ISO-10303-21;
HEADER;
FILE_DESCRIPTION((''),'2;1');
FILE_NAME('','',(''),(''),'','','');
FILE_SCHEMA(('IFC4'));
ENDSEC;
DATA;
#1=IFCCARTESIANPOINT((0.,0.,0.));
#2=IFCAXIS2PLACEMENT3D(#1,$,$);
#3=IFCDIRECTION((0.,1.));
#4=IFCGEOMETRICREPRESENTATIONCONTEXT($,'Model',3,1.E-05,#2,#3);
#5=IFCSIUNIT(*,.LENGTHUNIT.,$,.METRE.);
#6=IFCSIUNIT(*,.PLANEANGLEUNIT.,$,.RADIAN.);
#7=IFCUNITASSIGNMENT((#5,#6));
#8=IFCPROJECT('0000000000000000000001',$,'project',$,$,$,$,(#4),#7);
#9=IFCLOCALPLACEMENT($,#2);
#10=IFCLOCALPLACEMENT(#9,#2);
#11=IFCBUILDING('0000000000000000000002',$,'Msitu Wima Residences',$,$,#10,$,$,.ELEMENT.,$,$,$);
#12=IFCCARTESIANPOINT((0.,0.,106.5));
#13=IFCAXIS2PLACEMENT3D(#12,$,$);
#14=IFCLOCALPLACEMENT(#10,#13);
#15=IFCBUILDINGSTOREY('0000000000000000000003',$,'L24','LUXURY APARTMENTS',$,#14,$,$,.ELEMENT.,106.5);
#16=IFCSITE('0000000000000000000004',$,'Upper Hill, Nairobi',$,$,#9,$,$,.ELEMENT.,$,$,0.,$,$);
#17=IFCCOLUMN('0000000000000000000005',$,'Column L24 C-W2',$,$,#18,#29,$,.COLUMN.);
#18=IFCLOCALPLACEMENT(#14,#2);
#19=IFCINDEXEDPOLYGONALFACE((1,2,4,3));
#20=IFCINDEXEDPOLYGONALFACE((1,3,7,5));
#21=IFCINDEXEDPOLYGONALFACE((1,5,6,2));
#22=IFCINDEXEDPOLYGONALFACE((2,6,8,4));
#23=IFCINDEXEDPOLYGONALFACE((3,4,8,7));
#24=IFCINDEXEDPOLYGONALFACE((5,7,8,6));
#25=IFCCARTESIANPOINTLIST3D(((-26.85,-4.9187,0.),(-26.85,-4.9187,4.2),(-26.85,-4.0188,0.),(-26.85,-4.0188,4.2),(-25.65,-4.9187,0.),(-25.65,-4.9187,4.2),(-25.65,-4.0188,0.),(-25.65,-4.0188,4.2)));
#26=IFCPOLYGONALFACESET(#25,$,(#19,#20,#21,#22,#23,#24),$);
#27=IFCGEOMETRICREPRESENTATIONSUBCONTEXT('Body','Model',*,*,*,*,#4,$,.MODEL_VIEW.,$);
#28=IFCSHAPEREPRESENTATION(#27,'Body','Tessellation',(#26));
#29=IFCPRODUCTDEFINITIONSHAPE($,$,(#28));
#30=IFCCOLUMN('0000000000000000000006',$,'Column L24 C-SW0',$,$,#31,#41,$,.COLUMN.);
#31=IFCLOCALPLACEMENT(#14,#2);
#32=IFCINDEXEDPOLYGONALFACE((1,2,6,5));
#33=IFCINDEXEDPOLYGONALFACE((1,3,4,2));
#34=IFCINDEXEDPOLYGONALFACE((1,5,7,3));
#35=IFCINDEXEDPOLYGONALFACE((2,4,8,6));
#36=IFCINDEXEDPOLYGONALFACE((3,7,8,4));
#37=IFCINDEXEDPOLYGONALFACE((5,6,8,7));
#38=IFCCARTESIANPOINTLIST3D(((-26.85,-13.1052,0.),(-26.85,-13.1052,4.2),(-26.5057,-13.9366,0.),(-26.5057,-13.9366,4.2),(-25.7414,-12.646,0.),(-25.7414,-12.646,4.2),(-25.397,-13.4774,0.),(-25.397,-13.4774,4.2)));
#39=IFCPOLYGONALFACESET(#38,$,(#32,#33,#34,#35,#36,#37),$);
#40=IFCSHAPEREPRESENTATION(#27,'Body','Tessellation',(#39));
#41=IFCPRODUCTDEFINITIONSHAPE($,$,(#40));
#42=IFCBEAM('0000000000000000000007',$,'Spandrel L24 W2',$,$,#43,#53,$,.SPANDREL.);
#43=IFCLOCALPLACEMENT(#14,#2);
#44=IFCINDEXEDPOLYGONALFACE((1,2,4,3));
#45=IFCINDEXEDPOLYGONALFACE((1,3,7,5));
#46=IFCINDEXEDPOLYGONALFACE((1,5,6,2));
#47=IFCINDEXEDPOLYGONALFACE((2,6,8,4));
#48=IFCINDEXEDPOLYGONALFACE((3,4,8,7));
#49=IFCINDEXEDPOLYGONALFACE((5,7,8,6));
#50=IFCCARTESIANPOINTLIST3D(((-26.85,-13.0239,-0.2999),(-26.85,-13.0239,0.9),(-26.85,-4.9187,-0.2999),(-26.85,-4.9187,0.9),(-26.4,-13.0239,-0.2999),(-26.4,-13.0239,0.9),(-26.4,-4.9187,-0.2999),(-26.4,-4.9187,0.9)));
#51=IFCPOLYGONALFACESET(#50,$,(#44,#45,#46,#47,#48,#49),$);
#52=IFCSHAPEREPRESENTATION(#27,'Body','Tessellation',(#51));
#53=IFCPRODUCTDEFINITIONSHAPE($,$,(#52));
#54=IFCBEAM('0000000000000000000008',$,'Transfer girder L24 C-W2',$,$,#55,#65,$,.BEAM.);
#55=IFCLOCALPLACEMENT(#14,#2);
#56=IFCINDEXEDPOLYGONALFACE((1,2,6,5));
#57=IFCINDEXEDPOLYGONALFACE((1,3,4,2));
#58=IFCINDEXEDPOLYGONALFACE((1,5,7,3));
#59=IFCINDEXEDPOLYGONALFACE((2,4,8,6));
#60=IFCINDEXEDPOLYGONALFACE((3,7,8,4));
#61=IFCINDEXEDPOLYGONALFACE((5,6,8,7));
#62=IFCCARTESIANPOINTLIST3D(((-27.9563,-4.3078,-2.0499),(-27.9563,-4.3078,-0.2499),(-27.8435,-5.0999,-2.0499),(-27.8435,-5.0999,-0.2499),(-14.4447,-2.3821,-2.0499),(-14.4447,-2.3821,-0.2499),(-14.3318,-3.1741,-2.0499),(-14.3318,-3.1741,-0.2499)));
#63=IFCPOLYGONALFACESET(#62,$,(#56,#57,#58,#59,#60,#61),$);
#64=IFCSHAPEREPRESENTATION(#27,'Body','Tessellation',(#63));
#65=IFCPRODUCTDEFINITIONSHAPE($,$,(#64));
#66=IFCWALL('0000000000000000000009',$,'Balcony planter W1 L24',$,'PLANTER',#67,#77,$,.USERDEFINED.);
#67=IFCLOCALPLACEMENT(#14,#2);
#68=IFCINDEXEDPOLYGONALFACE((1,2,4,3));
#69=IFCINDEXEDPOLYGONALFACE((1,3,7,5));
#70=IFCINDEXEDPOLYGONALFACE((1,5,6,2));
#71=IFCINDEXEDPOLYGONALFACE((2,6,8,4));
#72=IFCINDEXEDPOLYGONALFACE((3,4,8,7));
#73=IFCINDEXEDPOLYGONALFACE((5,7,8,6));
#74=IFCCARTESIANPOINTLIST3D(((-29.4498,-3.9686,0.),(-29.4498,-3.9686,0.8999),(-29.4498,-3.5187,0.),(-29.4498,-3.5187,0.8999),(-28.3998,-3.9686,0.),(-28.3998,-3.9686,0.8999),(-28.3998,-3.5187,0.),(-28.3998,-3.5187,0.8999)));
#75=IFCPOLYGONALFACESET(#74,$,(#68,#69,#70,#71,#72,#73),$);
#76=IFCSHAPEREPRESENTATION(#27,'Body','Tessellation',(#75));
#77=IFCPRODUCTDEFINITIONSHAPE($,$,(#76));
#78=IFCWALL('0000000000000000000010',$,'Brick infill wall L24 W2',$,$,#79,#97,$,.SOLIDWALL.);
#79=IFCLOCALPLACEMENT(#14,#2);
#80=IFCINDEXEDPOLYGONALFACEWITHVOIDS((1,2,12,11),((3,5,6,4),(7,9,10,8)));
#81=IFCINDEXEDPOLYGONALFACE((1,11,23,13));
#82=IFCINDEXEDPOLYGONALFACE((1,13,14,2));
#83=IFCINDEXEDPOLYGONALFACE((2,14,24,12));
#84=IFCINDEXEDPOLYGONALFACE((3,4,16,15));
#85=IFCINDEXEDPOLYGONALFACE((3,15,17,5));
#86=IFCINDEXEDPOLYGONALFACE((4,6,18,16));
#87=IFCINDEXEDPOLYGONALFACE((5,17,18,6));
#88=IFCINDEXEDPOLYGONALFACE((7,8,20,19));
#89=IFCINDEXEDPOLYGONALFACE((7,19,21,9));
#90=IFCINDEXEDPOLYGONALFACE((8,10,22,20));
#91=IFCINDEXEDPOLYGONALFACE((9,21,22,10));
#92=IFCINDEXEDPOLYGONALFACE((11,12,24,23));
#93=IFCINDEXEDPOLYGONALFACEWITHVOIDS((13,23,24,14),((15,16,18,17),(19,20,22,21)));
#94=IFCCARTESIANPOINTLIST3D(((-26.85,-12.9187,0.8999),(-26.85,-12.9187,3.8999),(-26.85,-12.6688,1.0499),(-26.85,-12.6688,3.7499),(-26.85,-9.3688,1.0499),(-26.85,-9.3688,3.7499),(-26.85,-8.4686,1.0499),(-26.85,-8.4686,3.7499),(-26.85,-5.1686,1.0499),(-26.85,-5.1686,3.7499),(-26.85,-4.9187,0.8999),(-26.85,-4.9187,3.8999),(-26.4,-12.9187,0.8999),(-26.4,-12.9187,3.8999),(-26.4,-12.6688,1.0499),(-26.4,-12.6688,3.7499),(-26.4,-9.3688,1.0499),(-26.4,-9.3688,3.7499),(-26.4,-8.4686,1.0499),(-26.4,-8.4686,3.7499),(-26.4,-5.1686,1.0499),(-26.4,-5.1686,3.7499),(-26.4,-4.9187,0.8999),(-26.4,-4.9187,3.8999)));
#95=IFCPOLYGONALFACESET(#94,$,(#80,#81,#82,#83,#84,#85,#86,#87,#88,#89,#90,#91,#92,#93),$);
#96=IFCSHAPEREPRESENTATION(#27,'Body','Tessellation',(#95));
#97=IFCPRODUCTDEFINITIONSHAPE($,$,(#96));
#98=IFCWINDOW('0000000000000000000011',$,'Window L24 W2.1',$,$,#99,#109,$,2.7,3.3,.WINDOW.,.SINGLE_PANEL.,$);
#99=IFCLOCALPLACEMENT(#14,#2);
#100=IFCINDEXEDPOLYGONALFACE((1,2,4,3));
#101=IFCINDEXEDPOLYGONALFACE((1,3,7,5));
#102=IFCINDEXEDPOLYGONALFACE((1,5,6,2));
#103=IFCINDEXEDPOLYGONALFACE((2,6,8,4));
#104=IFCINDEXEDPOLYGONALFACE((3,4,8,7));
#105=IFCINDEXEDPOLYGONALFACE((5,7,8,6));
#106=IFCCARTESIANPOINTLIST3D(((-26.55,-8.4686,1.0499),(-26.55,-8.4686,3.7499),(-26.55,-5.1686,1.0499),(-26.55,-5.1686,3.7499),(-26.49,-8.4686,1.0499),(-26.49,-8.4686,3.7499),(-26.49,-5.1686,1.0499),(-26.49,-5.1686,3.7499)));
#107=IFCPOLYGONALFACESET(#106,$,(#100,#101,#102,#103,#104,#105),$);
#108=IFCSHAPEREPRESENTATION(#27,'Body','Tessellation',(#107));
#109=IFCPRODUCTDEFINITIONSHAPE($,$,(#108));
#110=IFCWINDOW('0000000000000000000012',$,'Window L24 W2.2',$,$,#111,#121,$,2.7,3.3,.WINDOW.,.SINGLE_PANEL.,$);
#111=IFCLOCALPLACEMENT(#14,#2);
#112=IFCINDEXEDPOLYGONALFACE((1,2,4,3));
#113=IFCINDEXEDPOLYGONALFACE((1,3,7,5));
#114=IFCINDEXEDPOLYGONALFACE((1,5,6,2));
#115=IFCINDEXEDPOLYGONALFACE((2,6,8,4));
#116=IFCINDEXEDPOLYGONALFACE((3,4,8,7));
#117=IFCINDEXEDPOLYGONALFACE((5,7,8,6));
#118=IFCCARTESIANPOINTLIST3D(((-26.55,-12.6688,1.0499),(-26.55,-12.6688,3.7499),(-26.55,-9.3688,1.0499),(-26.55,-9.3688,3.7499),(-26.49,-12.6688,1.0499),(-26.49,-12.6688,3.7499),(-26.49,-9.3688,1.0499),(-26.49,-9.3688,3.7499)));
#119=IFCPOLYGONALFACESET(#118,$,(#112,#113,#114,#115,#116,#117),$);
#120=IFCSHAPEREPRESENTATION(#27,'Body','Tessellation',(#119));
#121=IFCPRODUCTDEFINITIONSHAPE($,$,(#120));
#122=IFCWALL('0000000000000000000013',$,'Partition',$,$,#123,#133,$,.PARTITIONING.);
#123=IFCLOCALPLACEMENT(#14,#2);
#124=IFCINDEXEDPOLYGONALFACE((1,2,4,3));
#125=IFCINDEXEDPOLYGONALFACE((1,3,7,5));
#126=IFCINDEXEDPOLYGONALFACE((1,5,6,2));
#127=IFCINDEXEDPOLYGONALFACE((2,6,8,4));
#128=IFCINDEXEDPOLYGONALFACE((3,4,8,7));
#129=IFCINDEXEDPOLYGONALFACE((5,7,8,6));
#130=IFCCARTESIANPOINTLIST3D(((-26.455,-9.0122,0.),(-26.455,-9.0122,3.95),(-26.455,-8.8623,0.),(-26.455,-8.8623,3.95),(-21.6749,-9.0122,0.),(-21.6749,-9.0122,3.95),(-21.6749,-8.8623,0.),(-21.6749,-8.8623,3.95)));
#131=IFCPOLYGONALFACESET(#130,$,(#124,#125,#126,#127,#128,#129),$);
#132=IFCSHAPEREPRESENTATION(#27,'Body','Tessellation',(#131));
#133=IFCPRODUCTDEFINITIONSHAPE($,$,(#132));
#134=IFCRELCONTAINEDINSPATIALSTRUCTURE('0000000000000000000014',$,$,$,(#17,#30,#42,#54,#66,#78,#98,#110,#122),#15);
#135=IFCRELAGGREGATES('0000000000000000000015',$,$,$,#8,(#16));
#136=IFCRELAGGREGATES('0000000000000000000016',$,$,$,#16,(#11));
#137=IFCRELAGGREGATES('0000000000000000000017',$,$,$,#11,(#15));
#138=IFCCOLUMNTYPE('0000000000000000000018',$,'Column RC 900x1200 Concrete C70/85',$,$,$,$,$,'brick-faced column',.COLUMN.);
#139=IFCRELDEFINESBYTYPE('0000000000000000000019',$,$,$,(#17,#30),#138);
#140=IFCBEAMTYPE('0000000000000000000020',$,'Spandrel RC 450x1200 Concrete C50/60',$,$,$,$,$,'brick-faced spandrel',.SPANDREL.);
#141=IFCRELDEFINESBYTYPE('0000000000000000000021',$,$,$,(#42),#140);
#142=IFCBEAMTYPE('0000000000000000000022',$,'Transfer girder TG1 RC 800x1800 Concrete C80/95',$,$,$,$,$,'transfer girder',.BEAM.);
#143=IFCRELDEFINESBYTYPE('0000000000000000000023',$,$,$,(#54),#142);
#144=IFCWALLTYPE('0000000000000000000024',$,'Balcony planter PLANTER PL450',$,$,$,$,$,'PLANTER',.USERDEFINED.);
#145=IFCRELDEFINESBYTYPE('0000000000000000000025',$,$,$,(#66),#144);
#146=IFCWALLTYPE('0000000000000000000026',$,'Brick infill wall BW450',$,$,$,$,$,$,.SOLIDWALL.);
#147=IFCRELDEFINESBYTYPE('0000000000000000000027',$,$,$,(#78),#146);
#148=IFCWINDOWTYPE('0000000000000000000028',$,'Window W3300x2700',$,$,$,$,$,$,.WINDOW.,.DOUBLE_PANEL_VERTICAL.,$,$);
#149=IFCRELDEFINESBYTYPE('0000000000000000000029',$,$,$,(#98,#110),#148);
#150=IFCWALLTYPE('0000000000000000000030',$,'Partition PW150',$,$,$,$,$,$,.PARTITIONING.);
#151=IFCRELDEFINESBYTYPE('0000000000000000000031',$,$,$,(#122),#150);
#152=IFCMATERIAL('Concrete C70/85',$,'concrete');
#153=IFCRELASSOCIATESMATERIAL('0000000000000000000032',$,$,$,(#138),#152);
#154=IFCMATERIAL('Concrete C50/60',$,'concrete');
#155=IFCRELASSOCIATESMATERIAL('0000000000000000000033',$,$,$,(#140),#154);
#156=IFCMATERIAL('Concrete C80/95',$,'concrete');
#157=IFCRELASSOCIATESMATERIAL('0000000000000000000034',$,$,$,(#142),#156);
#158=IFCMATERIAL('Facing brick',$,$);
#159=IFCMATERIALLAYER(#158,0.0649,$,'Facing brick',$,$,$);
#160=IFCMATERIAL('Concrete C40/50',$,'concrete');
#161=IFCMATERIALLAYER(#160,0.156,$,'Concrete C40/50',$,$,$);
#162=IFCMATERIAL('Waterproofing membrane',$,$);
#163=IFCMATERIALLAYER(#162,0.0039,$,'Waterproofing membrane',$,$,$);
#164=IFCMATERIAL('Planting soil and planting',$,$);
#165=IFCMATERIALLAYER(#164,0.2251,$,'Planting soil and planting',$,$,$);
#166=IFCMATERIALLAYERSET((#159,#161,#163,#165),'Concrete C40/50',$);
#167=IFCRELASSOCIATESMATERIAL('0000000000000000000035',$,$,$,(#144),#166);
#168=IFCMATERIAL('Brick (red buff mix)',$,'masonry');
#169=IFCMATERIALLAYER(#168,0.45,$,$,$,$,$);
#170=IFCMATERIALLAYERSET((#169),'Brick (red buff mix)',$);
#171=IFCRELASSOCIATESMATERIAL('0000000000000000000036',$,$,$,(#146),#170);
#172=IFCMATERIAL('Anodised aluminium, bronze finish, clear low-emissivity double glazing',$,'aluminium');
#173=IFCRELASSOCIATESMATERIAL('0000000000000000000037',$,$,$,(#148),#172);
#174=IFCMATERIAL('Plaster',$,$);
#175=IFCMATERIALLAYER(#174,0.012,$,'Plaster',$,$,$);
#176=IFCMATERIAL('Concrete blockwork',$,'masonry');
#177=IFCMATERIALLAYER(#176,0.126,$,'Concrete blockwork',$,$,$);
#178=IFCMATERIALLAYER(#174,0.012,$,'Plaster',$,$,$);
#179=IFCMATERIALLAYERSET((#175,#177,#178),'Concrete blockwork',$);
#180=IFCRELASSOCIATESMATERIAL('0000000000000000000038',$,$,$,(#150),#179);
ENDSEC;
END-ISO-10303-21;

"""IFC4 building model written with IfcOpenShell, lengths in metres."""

from ifc_helpers import new_model, si_unit, direction, frame, frame_2d, origin, origin_2d, place, context, subcontext, project, spatial, rectangle, extrude, material, layer, layer_set, material_profile, profile_set, type_object, element, fill, save


model = new_model("IFC4")

# Units and contexts
model_context = context("Model", 3, precision=1e-05, world=origin(), true_north=direction((0.0, 1.0)))
body_context = subcontext(model_context, "Body", "Model", "MODEL_VIEW")
ifc_project = project(units=[si_unit("LENGTHUNIT", "METRE"), si_unit("PLANEANGLEUNIT", "RADIAN")], contexts=[model_context])

# Site, building, storey
site_placement = place(None, origin())
site = spatial("IfcSite", under=ifc_project, at=site_placement, Name="Upper Hill, Nairobi", CompositionType="ELEMENT", RefElevation=0.0)
building_placement = place(site_placement, origin())
building = spatial("IfcBuilding", under=site, at=building_placement, Name="Msitu Wima Residences", CompositionType="ELEMENT")
storey_placement = place(building_placement, frame((0.0, 0.0, 106.5)))
storey = spatial("IfcBuildingStorey", under=building, at=storey_placement, Name="L24", Description="LUXURY APARTMENTS", CompositionType="ELEMENT", Elevation=106.5)

# Columns
ifc_material_1 = material(Name="Concrete C70/85", Category="concrete")
ifc_material_profile_1 = material_profile(ifc_material_1, rectangle(XDim=0.8999, YDim=1.2, at=origin_2d()), Name="RC 900x1200")
ifc_profile_set_1 = profile_set([ifc_material_profile_1], Name="Concrete C70/85")
column_type = type_object("IfcColumnType", Name="Column RC 900x1200 Concrete C70/85", ElementType="brick-faced column", PredefinedType="COLUMN", material=ifc_profile_set_1)
for number, where, z_axis, x_axis, name in (
    (1, (-26.25, -4.4688, 0.0), (0.0, 0.0, 1.0), (0.0, -1.0, 0.0), "Column L24 C-W2"),
    (2, (-26.1235, -13.2913, 0.0), (0.0, 0.0, 1.0), (0.382683, -0.92388, 0.0), "Column L24 C-SW0"),
):
    element("IfcColumn", number, at=place(storey_placement, frame(where, z_axis=z_axis, x_axis=x_axis)), inside=storey, type_object=column_type, Name=name, PredefinedType="COLUMN", context=body_context, shape_type="SweptSolid", body=[
        extrude(rectangle(XDim=0.8999, YDim=1.2, at=origin_2d()), origin(), (0.0, 0.0, 1.0), 4.2),
    ])

# Beams
ifc_material_2 = material(Name="Concrete C50/60", Category="concrete")
ifc_material_profile_2 = material_profile(ifc_material_2, rectangle(XDim=0.45, YDim=1.2, at=origin_2d()), Name="RC 450x1200")
ifc_profile_set_2 = profile_set([ifc_material_profile_2], Name="Concrete C50/60")
beam_type_1 = type_object("IfcBeamType", Name="Spandrel RC 450x1200 Concrete C50/60", ElementType="brick-faced spandrel", PredefinedType="SPANDREL", material=ifc_profile_set_2)
beam_1_placement = place(storey_placement, frame((-26.625, -4.9187, 0.3), z_axis=(0.0, -1.0, 0.0), x_axis=(1.0, 0.0, 0.0)))
element("IfcBeam", 3, at=beam_1_placement, inside=storey, type_object=beam_type_1, Name="Spandrel L24 W2", PredefinedType="SPANDREL", context=body_context, shape_type="SweptSolid", body=[
    extrude(rectangle(XDim=0.45, YDim=1.2, at=origin_2d()), origin(), (0.0, 0.0, 1.0), 8.1052),
])
ifc_material_3 = material(Name="Concrete C80/95", Category="concrete")
ifc_material_profile_3 = material_profile(ifc_material_3, rectangle(XDim=0.8, YDim=1.8, at=origin_2d()), Name="RC 800x1800")
ifc_profile_set_3 = profile_set([ifc_material_profile_3], Name="Concrete C80/95")
beam_type_2 = type_object("IfcBeamType", Name="Transfer girder TG1 RC 800x1800 Concrete C80/95", ElementType="transfer girder", PredefinedType="BEAM", material=ifc_profile_set_3)
beam_2_placement = place(storey_placement, frame((-27.8999, -4.7039, -1.1499), z_axis=(0.989995, 0.141101, 0.0), x_axis=(-0.141101, 0.989995, 0.0)))
element("IfcBeam", 4, at=beam_2_placement, inside=storey, type_object=beam_type_2, Name="Transfer girder L24 C-W2", PredefinedType="BEAM", context=body_context, shape_type="SweptSolid", body=[
    extrude(rectangle(XDim=0.8, YDim=1.8, at=origin_2d()), origin(), (0.0, 0.0, 1.0), 13.6482),
])

# Wall
ifc_material_4 = material(Name="Facing brick")
ifc_layer_1 = layer(ifc_material_4, 0.0649, Name="Facing brick")
ifc_material_5 = material(Name="Concrete C40/50", Category="concrete")
ifc_layer_2 = layer(ifc_material_5, 0.156, Name="Concrete C40/50")
ifc_material_6 = material(Name="Waterproofing membrane")
ifc_layer_3 = layer(ifc_material_6, 0.0039, Name="Waterproofing membrane")
ifc_material_7 = material(Name="Planting soil and planting")
ifc_layer_4 = layer(ifc_material_7, 0.2251, Name="Planting soil and planting")
ifc_layer_set_1 = layer_set([ifc_layer_1, ifc_layer_2, ifc_layer_3, ifc_layer_4], Name="Concrete C40/50")
wall_type_1 = type_object("IfcWallType", Name="Balcony planter PLANTER PL450", ElementType="PLANTER", PredefinedType="USERDEFINED", material=ifc_layer_set_1)
wall_1_placement = place(storey_placement, frame((-28.3999, -3.7437, 0.0), z_axis=(0.0, 0.0, 1.0), x_axis=(-1.0, 0.0, 0.0)))
element("IfcWall", 5, at=wall_1_placement, inside=storey, type_object=wall_type_1, Name="Balcony planter W1 L24", ObjectType="PLANTER", PredefinedType="USERDEFINED", context=body_context, shape_type="SweptSolid", body=[
    extrude(rectangle(XDim=1.05, YDim=0.45, at=frame_2d((0.5249, 0.0))), origin(), (0.0, 0.0, 1.0), 0.8999),
])

# Wall, openings, windows
ifc_material_8 = material(Name="Brick (red buff mix)", Category="masonry")
ifc_layer_5 = layer(ifc_material_8, 0.45)
ifc_layer_set_2 = layer_set([ifc_layer_5], Name="Brick (red buff mix)")
wall_type_2 = type_object("IfcWallType", Name="Brick infill wall BW450", PredefinedType="SOLIDWALL", material=ifc_layer_set_2)
wall_2_placement = place(storey_placement, frame((-26.625, -4.9187, 0.8999), z_axis=(0.0, 0.0, 1.0), x_axis=(0.0, -1.0, 0.0)))
wall_2 = element("IfcWall", 6, at=wall_2_placement, inside=storey, type_object=wall_type_2, Name="Brick infill wall L24 W2", PredefinedType="SOLIDWALL", context=body_context, shape_type="SweptSolid", body=[
    extrude(rectangle(XDim=8.0, YDim=0.45, at=frame_2d((4.0, 0.0))), origin(), (0.0, 0.0, 1.0), 3.0),
])
opening_1_placement = place(wall_2_placement, frame((0.25, 0.0, 0.1499)))
opening_1 = element("IfcOpeningElement", 7, at=opening_1_placement, cuts=wall_2, PredefinedType="OPENING", context=body_context, shape_type="SweptSolid", body=[
    extrude(rectangle(XDim=3.3, YDim=2.7, at=frame_2d((1.6499, 1.3501))), frame((0.0, 0.2349, 0.0), z_axis=(0.0, -1.0, 0.0), x_axis=(1.0, 0.0, 0.0)), (0.0, 0.0, 1.0), 0.47),
])
opening_2_placement = place(wall_2_placement, frame((4.4502, 0.0, 0.1499)))
opening_2 = element("IfcOpeningElement", 8, at=opening_2_placement, cuts=wall_2, PredefinedType="OPENING", context=body_context, shape_type="SweptSolid", body=[
    extrude(rectangle(XDim=3.3, YDim=2.7, at=frame_2d((1.6499, 1.3501))), frame((0.0, 0.2349, 0.0), z_axis=(0.0, -1.0, 0.0), x_axis=(1.0, 0.0, 0.0)), (0.0, 0.0, 1.0), 0.47),
])
ifc_material_9 = material(Name="Anodised aluminium, bronze finish, clear low-emissivity double glazing", Category="aluminium")
window_type = type_object("IfcWindowType", Name="Window W3300x2700", PartitioningType="DOUBLE_PANEL_VERTICAL", PredefinedType="WINDOW", material=ifc_material_9)
window_1_placement = place(opening_1_placement, origin())
window_1 = element("IfcWindow", 9, at=window_1_placement, inside=storey, type_object=window_type, Name="Window L24 W2.1", OverallHeight=2.7, OverallWidth=3.3, PartitioningType="SINGLE_PANEL", PredefinedType="WINDOW", context=body_context, shape_type="SweptSolid", body=[
    extrude(rectangle(XDim=3.3, YDim=2.7, at=frame_2d((1.6499, 1.3501))), frame((0.0, 0.135, 0.0), z_axis=(0.0, -1.0, 0.0), x_axis=(1.0, 0.0, 0.0)), (0.0, 0.0, 1.0), 0.0601),
])
fill(opening_1, window_1)
window_2_placement = place(opening_2_placement, origin())
window_2 = element("IfcWindow", 10, at=window_2_placement, inside=storey, type_object=window_type, Name="Window L24 W2.2", OverallHeight=2.7, OverallWidth=3.3, PartitioningType="SINGLE_PANEL", PredefinedType="WINDOW", context=body_context, shape_type="SweptSolid", body=[
    extrude(rectangle(XDim=3.3, YDim=2.7, at=frame_2d((1.6499, 1.3501))), frame((0.0, 0.135, 0.0), z_axis=(0.0, -1.0, 0.0), x_axis=(1.0, 0.0, 0.0)), (0.0, 0.0, 1.0), 0.0601),
])
fill(opening_2, window_2)

# Wall
ifc_material_10 = material(Name="Plaster")
ifc_layer_6 = layer(ifc_material_10, 0.012, Name="Plaster")
ifc_material_11 = material(Name="Concrete blockwork", Category="masonry")
ifc_layer_7 = layer(ifc_material_11, 0.126, Name="Concrete blockwork")
ifc_layer_8 = layer(ifc_material_10, 0.012, Name="Plaster")
ifc_layer_set_3 = layer_set([ifc_layer_6, ifc_layer_7, ifc_layer_8], Name="Concrete blockwork")
wall_type_3 = type_object("IfcWallType", Name="Partition PW150", PredefinedType="PARTITIONING", material=ifc_layer_set_3)
wall_3_placement = place(storey_placement, frame((-26.4551, -8.9373, 0.0), z_axis=(0.0, 0.0, 1.0), x_axis=(1.0, 0.0, 0.0)))
element("IfcWall", 11, at=wall_3_placement, inside=storey, type_object=wall_type_3, Name="Partition", PredefinedType="PARTITIONING", context=body_context, shape_type="SweptSolid", body=[
    extrude(rectangle(XDim=4.78, YDim=0.1499, at=frame_2d((2.3901, 0.0))), origin(), (0.0, 0.0, 1.0), 3.95),
])

save(model, "model.ifc")
